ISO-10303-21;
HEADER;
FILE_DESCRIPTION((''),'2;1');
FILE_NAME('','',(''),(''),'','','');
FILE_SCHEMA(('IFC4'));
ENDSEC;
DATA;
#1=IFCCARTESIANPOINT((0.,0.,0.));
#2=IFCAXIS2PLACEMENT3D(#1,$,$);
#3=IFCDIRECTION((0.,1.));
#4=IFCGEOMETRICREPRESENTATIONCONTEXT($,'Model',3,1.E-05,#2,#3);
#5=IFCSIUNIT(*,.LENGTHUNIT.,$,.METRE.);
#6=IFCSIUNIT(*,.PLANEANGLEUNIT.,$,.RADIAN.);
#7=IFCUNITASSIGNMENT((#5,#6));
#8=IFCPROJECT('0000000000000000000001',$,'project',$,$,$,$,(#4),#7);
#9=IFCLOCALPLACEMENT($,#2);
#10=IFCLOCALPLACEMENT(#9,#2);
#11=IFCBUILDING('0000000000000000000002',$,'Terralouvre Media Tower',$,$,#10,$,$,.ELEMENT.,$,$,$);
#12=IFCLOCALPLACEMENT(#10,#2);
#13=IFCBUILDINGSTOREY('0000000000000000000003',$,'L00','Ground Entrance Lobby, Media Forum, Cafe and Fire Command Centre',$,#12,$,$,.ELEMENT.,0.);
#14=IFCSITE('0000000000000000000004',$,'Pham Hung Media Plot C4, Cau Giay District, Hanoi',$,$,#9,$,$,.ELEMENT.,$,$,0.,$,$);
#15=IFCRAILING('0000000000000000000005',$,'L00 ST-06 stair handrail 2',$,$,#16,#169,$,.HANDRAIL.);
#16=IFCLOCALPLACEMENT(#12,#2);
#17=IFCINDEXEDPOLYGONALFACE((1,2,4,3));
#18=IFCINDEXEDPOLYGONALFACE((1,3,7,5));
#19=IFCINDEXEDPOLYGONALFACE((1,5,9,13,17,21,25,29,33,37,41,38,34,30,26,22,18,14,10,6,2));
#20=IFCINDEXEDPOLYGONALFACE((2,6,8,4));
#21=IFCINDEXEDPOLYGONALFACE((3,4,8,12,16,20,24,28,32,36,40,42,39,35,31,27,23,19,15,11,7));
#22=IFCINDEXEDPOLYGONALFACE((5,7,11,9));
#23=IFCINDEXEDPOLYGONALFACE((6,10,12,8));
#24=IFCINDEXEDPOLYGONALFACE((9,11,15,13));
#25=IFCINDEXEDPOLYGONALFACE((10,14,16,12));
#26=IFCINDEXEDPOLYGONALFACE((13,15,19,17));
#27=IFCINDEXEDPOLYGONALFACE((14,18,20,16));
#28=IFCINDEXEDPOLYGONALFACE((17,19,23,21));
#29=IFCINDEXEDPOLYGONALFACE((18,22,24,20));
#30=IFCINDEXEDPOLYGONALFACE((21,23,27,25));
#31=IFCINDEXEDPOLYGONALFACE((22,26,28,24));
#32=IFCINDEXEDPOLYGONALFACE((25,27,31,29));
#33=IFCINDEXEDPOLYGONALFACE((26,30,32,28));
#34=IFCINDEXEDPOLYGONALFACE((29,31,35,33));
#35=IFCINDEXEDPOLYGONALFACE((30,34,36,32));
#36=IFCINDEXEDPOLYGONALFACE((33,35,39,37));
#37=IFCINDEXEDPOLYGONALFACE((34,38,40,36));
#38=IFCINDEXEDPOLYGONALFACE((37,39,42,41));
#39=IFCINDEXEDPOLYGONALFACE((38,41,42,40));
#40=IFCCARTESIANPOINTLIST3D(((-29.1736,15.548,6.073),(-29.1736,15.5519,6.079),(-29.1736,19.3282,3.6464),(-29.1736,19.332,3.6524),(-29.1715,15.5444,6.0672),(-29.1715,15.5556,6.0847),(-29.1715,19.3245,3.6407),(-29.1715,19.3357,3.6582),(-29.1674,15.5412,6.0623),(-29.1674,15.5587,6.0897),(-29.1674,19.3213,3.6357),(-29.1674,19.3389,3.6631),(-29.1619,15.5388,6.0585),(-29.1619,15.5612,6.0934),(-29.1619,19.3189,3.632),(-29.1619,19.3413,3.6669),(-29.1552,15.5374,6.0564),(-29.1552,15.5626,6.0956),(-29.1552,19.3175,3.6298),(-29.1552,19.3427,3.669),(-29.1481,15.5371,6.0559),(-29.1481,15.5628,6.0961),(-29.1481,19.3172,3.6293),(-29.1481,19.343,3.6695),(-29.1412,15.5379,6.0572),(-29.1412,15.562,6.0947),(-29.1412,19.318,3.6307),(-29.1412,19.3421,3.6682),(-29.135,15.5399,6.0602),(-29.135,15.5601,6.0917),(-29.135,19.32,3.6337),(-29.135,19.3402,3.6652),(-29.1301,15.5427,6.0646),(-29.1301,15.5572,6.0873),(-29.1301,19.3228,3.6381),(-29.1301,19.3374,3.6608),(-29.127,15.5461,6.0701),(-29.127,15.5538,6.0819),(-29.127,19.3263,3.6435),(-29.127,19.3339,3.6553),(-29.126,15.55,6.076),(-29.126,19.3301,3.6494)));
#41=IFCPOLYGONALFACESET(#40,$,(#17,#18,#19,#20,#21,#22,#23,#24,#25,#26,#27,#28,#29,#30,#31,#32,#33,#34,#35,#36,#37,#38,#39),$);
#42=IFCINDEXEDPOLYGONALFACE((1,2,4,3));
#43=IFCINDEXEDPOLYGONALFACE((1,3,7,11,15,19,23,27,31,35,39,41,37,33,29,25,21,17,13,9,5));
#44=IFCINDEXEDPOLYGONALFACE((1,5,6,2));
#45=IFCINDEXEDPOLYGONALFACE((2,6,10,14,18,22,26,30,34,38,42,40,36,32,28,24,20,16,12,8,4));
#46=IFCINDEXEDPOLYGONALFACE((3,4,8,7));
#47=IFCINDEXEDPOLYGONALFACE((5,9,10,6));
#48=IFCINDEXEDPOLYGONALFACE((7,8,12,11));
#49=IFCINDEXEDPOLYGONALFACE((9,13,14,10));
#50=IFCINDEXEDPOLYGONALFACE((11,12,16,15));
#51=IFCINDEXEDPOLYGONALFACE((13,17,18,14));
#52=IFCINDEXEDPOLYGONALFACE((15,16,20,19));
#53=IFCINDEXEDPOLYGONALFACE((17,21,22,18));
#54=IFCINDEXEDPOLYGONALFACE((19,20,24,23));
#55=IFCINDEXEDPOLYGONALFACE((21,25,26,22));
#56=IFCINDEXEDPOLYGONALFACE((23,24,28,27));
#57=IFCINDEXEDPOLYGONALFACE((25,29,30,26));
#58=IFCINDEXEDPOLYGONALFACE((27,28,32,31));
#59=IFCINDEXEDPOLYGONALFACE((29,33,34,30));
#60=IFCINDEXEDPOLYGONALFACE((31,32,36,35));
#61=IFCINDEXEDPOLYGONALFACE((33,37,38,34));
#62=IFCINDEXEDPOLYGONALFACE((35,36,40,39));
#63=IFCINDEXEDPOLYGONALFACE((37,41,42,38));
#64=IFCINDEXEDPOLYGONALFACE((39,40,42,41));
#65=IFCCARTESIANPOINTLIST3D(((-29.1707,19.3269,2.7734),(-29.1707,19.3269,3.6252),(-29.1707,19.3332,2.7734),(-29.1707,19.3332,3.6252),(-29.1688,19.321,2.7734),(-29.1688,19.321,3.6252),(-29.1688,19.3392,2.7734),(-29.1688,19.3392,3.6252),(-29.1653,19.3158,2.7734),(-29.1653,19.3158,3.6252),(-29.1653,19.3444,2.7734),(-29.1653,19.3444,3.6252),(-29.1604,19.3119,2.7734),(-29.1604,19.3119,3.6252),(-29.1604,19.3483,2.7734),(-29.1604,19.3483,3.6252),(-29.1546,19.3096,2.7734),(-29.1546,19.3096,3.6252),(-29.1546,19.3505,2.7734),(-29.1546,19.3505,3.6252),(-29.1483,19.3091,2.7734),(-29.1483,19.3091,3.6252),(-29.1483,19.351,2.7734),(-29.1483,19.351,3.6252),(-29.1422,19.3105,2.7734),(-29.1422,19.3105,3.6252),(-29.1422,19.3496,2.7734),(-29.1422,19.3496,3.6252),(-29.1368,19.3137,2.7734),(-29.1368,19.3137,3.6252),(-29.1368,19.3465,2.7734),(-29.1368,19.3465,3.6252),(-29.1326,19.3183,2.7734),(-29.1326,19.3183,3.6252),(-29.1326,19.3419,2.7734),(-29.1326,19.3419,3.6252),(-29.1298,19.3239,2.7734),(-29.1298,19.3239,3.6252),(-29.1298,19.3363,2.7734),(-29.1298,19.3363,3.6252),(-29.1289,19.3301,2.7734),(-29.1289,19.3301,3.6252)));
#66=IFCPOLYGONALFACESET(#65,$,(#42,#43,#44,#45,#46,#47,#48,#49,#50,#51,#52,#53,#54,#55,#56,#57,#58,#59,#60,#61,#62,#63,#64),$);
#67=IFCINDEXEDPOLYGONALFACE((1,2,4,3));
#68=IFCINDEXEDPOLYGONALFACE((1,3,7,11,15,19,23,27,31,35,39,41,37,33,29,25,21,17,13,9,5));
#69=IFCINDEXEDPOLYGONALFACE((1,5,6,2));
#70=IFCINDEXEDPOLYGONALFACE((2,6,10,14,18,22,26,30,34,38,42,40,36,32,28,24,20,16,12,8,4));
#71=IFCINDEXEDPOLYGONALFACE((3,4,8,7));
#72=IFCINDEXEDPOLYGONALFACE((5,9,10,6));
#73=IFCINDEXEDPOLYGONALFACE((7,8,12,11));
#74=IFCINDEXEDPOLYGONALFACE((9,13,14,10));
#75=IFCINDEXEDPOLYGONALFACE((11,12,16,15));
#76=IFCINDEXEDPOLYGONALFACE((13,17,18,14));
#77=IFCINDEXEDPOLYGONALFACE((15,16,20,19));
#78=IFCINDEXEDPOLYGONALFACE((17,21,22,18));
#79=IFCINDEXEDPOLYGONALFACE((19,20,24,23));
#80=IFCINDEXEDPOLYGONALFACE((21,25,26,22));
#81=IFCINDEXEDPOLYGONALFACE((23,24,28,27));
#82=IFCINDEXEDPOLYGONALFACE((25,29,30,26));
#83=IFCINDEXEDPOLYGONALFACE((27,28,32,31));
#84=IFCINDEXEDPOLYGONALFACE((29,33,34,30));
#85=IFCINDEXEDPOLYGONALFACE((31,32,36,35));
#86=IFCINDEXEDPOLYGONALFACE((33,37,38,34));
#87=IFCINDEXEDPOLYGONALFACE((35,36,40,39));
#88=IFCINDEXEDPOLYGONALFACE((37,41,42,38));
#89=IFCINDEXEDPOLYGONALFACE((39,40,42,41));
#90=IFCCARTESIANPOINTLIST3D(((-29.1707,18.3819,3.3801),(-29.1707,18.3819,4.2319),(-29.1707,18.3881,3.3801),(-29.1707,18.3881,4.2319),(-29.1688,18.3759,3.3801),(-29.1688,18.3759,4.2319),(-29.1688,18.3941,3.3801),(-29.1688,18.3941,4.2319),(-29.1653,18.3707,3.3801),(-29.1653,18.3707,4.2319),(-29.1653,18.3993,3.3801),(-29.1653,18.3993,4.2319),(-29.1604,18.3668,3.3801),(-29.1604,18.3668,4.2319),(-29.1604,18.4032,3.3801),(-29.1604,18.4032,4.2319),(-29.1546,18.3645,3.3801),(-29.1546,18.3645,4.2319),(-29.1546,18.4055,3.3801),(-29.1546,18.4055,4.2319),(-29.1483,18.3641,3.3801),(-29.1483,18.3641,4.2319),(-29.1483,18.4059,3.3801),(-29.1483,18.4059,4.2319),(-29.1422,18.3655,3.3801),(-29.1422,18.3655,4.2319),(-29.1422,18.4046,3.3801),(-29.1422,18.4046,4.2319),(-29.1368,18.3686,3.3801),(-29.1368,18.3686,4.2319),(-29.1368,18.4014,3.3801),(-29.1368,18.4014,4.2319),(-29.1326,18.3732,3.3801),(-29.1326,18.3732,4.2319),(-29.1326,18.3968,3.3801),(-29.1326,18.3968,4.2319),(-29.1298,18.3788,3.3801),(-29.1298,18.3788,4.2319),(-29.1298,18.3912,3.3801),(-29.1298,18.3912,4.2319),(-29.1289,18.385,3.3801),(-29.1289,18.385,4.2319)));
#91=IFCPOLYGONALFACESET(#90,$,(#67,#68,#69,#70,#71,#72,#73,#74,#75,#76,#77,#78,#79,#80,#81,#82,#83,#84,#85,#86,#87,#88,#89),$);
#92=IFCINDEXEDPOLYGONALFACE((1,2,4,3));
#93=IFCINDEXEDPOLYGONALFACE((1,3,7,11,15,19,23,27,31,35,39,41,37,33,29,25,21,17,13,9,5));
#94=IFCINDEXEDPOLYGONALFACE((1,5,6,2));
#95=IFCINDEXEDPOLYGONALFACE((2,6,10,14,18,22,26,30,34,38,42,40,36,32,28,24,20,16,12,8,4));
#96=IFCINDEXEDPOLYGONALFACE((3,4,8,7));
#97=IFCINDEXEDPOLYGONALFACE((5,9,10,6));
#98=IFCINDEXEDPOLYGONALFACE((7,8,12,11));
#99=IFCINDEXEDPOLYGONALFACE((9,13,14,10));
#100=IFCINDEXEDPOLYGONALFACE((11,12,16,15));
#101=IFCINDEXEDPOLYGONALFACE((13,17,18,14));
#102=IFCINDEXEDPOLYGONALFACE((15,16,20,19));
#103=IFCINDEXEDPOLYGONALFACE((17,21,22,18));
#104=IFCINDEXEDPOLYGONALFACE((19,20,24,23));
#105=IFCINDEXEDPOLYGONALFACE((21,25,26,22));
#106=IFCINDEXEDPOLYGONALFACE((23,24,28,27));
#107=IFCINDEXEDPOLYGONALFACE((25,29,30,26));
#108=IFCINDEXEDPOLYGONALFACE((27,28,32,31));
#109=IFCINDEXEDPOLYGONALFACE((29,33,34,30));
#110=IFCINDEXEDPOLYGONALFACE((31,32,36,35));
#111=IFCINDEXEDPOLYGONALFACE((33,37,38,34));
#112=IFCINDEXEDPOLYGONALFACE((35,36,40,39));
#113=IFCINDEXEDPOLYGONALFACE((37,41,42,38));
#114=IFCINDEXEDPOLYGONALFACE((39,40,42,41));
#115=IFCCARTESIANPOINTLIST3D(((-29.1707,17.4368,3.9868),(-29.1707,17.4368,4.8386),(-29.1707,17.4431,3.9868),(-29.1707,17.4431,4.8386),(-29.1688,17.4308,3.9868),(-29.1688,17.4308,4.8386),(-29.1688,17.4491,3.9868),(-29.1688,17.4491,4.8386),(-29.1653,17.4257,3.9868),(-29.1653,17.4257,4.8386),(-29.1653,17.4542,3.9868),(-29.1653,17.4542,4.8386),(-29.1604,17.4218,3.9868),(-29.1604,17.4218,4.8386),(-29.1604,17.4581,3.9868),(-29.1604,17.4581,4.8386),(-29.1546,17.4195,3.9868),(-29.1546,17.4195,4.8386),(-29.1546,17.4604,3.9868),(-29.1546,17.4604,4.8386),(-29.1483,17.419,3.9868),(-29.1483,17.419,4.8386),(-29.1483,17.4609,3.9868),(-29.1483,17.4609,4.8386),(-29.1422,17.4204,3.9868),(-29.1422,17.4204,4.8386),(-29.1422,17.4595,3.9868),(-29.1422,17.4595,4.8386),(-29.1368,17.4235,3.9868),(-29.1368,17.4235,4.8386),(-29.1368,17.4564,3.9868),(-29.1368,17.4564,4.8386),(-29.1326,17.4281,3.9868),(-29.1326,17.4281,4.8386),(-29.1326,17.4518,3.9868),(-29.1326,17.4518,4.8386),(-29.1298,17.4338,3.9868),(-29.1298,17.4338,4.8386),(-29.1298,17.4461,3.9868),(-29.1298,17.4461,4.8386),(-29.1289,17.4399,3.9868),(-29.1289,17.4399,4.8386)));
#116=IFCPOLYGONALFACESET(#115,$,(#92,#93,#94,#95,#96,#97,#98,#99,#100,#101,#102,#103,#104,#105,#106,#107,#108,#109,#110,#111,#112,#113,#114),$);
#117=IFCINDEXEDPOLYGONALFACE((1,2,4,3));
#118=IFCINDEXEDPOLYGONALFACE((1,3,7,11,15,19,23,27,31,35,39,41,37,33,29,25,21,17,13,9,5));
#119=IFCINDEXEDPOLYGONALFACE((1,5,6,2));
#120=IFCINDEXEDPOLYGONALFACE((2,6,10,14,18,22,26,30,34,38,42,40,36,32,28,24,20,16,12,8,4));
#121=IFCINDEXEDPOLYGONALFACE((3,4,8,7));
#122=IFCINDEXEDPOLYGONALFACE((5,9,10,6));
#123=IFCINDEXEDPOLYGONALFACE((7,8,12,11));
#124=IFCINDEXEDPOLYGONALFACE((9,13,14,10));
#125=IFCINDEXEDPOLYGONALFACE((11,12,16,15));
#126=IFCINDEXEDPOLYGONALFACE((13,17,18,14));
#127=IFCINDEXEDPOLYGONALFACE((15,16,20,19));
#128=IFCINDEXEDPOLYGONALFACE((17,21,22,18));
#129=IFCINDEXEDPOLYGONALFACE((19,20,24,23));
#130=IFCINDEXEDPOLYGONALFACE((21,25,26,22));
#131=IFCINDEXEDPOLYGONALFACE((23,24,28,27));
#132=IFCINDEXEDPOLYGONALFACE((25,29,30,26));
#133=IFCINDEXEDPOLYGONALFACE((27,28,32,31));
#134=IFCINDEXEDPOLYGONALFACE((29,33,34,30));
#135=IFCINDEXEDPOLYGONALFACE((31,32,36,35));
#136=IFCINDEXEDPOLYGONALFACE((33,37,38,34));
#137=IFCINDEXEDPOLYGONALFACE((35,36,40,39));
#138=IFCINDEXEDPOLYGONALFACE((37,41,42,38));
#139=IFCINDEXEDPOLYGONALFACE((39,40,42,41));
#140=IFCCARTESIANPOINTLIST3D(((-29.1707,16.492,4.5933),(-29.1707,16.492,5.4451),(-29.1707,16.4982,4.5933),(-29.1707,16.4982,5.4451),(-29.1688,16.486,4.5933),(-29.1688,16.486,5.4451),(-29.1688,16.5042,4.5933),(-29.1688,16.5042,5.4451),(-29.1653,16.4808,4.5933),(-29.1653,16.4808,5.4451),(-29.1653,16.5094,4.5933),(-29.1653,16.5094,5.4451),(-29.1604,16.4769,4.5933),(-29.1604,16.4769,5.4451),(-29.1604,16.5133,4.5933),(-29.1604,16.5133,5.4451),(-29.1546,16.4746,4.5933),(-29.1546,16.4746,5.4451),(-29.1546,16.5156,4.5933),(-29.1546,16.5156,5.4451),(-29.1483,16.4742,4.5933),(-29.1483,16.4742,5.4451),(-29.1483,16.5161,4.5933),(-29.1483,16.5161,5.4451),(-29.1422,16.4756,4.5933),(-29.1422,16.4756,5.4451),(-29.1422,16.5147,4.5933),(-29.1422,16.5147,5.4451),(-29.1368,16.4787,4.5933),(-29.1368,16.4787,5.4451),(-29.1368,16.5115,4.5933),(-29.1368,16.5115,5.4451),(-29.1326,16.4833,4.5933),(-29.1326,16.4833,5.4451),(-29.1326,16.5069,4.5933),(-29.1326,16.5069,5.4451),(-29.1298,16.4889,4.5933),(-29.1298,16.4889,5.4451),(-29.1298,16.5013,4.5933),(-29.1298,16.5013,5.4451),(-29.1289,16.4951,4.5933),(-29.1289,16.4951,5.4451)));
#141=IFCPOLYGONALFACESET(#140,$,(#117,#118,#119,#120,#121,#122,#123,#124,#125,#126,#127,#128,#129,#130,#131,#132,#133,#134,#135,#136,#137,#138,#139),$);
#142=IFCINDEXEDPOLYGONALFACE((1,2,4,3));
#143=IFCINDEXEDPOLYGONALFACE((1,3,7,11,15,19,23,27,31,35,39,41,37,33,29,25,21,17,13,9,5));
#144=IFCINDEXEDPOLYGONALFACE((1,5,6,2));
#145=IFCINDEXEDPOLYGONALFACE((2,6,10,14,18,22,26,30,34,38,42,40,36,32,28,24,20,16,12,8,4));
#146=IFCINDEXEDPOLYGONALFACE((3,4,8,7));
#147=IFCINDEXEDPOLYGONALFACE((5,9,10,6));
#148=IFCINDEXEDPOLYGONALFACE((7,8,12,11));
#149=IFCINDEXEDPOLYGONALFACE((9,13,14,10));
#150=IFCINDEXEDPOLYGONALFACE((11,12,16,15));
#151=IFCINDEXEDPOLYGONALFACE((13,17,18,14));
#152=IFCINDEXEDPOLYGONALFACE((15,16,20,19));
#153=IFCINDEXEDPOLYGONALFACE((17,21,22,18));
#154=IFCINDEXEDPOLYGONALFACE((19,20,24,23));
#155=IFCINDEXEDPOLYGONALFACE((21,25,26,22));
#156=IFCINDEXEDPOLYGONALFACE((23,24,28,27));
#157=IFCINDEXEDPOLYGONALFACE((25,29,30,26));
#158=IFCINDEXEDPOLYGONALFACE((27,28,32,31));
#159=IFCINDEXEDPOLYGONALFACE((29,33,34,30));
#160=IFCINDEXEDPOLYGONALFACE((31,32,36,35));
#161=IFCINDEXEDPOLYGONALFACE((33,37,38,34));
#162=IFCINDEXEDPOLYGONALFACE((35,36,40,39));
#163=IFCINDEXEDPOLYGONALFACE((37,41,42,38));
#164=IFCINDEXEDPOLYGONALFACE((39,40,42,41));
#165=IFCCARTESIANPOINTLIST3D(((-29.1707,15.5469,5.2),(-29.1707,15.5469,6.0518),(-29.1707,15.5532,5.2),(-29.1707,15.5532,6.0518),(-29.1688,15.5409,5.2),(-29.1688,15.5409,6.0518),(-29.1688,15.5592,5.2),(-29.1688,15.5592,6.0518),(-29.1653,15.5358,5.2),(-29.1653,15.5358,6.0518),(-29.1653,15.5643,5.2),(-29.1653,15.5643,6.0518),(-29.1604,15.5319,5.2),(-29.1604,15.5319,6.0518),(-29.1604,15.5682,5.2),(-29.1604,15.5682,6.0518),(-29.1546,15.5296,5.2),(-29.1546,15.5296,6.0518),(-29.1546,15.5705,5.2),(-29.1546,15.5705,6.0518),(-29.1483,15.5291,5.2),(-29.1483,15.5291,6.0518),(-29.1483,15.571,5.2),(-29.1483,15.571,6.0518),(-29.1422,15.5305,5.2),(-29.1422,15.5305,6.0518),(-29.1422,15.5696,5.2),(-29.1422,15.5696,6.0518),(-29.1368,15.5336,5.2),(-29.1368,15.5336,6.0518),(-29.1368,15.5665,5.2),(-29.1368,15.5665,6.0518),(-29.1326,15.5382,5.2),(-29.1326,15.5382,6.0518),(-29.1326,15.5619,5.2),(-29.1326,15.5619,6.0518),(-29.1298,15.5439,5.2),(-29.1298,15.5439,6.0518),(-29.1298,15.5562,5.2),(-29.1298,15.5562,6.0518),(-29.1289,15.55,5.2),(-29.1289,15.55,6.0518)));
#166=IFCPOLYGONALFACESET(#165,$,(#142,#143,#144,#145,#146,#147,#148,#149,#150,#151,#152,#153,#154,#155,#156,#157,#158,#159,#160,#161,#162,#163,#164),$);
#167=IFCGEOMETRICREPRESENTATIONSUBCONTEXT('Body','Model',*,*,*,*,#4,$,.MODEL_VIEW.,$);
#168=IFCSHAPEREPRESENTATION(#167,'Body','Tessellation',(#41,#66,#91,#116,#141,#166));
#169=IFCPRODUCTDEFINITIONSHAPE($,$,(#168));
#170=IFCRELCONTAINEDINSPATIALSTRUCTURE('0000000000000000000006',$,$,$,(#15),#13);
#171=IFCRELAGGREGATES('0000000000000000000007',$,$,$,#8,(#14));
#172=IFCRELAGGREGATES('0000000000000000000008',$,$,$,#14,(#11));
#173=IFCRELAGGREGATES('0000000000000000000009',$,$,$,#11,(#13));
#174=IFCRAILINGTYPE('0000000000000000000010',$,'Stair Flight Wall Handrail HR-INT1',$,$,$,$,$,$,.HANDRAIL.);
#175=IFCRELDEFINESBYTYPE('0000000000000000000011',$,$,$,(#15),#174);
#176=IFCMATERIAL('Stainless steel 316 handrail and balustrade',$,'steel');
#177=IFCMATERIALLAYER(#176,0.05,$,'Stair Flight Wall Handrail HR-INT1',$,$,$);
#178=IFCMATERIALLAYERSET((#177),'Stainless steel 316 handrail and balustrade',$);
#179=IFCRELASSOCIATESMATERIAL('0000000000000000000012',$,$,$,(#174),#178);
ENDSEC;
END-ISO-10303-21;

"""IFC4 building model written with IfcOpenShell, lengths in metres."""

from ifc_helpers import new_model, si_unit, direction, frame, origin, origin_2d, place, context, subcontext, project, spatial, circle, extrude, material, layer, layer_set, type_object, element, save


model = new_model("IFC4")

# Units and contexts
model_context = context("Model", 3, precision=1e-05, world=origin(), true_north=direction((0.0, 1.0)))
body_context = subcontext(model_context, "Body", "Model", "MODEL_VIEW")
ifc_project = project(units=[si_unit("LENGTHUNIT", "METRE"), si_unit("PLANEANGLEUNIT", "RADIAN")], contexts=[model_context])

# Site, building, storey
site_placement = place(None, origin())
site = spatial("IfcSite", under=ifc_project, at=site_placement, Name="Pham Hung Media Plot C4, Cau Giay District, Hanoi", CompositionType="ELEMENT", RefElevation=0.0)
building_placement = place(site_placement, origin())
building = spatial("IfcBuilding", under=site, at=building_placement, Name="Terralouvre Media Tower", CompositionType="ELEMENT")
storey_placement = place(building_placement, origin())
storey = spatial("IfcBuildingStorey", under=building, at=storey_placement, Name="L00", Description="Ground Entrance Lobby, Media Forum, Cafe and Fire Command Centre", CompositionType="ELEMENT", Elevation=0.0)

# Railing
ifc_material_1 = material(Name="Stainless steel 316 handrail and balustrade", Category="steel")
ifc_layer_1 = layer(ifc_material_1, 0.05, Name="Stair Flight Wall Handrail HR-INT1")
ifc_layer_set_1 = layer_set([ifc_layer_1], Name="Stainless steel 316 handrail and balustrade")
railing_type_1 = type_object("IfcRailingType", Name="Stair Flight Wall Handrail HR-INT1", PredefinedType="HANDRAIL", material=ifc_layer_set_1)
railing_1_placement = place(storey_placement, frame((-29.1499, 19.3301, 2.7734)))
element("IfcRailing", 1, at=railing_1_placement, inside=storey, type_object=railing_type_1, Name="L00 ST-06 stair handrail 2", PredefinedType="HANDRAIL", context=body_context, shape_type="SweptSolid", body=[
    extrude(circle(Radius=0.0239, at=origin_2d()), frame((0.0, 0.0, 0.876), z_axis=(0.0, -0.841533, 0.540205), x_axis=(1.0, 0.0, 0.0)), (0.0, 0.0, 1.0), 4.4919),
    extrude(circle(Radius=0.021, at=origin_2d()), origin(), (0.0, 0.0, 1.0), 0.8518),
    extrude(circle(Radius=0.021, at=origin_2d()), frame((0.0, -0.9451, 0.6067)), (0.0, 0.0, 1.0), 0.8518),
    extrude(circle(Radius=0.021, at=origin_2d()), frame((0.0, -1.8901, 1.2134)), (0.0, 0.0, 1.0), 0.8518),
    extrude(circle(Radius=0.021, at=origin_2d()), frame((0.0, -2.835, 1.8198)), (0.0, 0.0, 1.0), 0.8518),
    extrude(circle(Radius=0.021, at=origin_2d()), frame((0.0, -3.78, 2.4265)), (0.0, 0.0, 1.0), 0.8518),
])

save(model, "model.ifc")
